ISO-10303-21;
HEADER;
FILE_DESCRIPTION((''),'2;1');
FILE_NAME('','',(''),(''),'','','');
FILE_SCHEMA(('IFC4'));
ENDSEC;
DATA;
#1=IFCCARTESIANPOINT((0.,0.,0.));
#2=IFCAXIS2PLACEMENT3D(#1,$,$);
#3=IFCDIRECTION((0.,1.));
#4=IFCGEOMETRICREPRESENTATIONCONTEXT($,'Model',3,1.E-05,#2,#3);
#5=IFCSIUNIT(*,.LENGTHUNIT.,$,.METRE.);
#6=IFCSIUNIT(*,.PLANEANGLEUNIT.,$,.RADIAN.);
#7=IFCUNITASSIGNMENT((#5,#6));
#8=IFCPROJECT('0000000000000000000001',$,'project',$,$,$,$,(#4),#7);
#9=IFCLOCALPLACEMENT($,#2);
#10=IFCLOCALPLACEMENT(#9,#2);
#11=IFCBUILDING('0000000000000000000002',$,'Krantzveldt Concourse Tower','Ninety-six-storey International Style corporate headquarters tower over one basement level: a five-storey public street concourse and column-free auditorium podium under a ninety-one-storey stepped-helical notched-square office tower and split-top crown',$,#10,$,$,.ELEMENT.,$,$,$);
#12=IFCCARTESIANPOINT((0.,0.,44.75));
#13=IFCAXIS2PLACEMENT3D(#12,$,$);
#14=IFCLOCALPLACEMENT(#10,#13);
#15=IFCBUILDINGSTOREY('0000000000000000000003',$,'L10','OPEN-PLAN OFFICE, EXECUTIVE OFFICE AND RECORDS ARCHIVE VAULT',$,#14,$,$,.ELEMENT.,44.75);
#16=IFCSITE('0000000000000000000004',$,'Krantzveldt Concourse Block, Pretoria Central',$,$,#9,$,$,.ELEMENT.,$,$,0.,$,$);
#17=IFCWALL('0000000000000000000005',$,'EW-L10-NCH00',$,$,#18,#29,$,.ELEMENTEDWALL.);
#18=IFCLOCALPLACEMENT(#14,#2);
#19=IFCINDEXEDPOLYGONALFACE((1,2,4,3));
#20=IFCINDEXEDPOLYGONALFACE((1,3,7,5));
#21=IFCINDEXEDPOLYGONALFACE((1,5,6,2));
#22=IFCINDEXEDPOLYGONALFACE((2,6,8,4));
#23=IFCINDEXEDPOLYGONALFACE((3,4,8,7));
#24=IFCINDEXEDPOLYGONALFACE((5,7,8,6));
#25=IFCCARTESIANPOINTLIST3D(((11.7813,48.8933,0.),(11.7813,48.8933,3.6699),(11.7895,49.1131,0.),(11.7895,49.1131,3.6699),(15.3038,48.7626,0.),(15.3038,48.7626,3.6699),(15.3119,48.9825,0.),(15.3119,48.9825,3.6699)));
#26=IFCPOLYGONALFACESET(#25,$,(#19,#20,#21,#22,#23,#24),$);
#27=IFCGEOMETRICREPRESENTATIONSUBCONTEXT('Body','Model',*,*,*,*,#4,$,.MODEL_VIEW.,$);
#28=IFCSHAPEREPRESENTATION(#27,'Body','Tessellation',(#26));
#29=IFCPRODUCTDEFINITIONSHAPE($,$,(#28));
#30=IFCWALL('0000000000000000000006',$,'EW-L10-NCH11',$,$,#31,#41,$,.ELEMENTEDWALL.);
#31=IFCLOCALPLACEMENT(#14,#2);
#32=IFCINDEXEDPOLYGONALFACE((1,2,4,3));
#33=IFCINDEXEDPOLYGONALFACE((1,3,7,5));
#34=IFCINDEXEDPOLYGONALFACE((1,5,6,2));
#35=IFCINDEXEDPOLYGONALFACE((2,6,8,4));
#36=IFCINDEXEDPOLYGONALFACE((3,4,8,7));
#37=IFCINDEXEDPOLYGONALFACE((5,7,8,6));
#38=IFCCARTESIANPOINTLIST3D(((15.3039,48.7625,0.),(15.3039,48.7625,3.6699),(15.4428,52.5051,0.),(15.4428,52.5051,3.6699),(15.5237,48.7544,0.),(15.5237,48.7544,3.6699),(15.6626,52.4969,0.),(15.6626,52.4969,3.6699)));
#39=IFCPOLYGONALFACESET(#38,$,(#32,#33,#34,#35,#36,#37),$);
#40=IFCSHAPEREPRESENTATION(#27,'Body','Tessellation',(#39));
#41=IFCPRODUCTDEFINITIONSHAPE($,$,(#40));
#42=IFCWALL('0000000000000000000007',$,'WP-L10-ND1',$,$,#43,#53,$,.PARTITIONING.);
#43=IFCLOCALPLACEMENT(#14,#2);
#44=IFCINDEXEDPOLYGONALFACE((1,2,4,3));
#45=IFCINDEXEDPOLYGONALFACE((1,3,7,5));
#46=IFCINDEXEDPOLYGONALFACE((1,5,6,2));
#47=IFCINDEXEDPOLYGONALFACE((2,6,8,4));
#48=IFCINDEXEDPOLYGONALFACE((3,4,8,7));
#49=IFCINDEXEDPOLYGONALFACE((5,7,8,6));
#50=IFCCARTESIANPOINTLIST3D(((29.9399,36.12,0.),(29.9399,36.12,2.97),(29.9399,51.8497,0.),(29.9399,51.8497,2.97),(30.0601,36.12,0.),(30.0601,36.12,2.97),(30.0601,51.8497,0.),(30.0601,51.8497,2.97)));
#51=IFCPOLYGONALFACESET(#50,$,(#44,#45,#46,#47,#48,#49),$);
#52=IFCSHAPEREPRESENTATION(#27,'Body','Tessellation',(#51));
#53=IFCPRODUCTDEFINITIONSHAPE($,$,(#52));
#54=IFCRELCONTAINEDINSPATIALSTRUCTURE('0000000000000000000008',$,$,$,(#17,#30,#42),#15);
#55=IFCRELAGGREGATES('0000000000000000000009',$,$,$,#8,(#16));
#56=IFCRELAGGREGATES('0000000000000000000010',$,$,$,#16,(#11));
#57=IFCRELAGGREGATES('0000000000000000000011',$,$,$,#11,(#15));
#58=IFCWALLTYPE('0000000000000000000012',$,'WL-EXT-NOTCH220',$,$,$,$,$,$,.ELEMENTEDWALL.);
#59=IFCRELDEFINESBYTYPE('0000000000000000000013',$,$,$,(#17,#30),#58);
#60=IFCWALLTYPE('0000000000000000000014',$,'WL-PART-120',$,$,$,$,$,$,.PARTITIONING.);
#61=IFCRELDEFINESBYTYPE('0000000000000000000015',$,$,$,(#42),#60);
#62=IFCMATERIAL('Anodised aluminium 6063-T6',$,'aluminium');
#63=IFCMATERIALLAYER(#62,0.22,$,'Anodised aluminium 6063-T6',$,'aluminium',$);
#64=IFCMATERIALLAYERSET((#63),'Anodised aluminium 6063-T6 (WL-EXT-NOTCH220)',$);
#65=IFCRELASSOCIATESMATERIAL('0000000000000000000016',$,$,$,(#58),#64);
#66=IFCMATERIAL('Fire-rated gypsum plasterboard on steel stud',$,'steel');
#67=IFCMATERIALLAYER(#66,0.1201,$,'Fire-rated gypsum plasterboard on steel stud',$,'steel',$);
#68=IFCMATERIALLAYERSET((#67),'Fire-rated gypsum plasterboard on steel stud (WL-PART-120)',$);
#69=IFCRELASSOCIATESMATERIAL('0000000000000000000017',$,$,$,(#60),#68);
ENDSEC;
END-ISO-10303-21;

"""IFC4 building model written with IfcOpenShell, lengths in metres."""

from ifc_helpers import new_model, si_unit, direction, frame, frame_2d, origin, place, context, subcontext, project, spatial, rectangle, extrude, material, layer, layer_set, type_object, element, save


model = new_model("IFC4")

# Units and contexts
model_context = context("Model", 3, precision=1e-05, world=origin(), true_north=direction((0.0, 1.0)))
body_context = subcontext(model_context, "Body", "Model", "MODEL_VIEW")
ifc_project = project(units=[si_unit("LENGTHUNIT", "METRE"), si_unit("PLANEANGLEUNIT", "RADIAN")], contexts=[model_context])

# Site, building, storey
site_placement = place(None, origin())
site = spatial("IfcSite", under=ifc_project, at=site_placement, Name="Krantzveldt Concourse Block, Pretoria Central", CompositionType="ELEMENT", RefElevation=0.0)
building_placement = place(site_placement, origin())
building = spatial("IfcBuilding", under=site, at=building_placement, Name="Krantzveldt Concourse Tower", Description="Ninety-six-storey International Style corporate headquarters tower over one basement level: a five-storey public street concourse and column-free auditorium podium under a ninety-one-storey stepped-helical notched-square office tower and split-top crown", CompositionType="ELEMENT")
storey_placement = place(building_placement, frame((0.0, 0.0, 44.75)))
storey = spatial("IfcBuildingStorey", under=building, at=storey_placement, Name="L10", Description="OPEN-PLAN OFFICE, EXECUTIVE OFFICE AND RECORDS ARCHIVE VAULT", CompositionType="ELEMENT", Elevation=44.75)

# Shared definitions
ifc_material_1 = material(Name="Anodised aluminium 6063-T6", Category="aluminium")

# Walls
ifc_layer_1 = layer(ifc_material_1, 0.22, Name="Anodised aluminium 6063-T6", Category="aluminium")
ifc_layer_set_1 = layer_set([ifc_layer_1], Name="Anodised aluminium 6063-T6 (WL-EXT-NOTCH220)")
wall_type_1 = type_object("IfcWallType", Name="WL-EXT-NOTCH220", PredefinedType="ELEMENTEDWALL", material=ifc_layer_set_1)
wall_1_placement = place(storey_placement, frame((15.3079, 48.8726, 0.0), z_axis=(0.0, 0.0, 1.0), x_axis=(-0.999313, 0.037055, 0.0)))
element("IfcWall", 1, at=wall_1_placement, inside=storey, type_object=wall_type_1, Name="EW-L10-NCH00", PredefinedType="ELEMENTEDWALL", context=body_context, shape_type="SweptSolid", body=[
    extrude(rectangle(XDim=3.5249, YDim=0.22, at=frame_2d((1.7625, 0.0))), origin(), (0.0, 0.0, 1.0), 3.6699),
])
wall_2_placement = place(storey_placement, frame((15.5527, 52.501, 0.0), z_axis=(0.0, 0.0, 1.0), x_axis=(-0.037094, -0.999312, 0.0)))
element("IfcWall", 2, at=wall_2_placement, inside=storey, type_object=wall_type_1, Name="EW-L10-NCH11", PredefinedType="ELEMENTEDWALL", context=body_context, shape_type="SweptSolid", body=[
    extrude(rectangle(XDim=3.7451, YDim=0.22, at=frame_2d((1.8726, 0.0))), origin(), (0.0, 0.0, 1.0), 3.6699),
])
ifc_material_2 = material(Name="Fire-rated gypsum plasterboard on steel stud", Category="steel")
ifc_layer_2 = layer(ifc_material_2, 0.1201, Name="Fire-rated gypsum plasterboard on steel stud", Category="steel")
ifc_layer_set_2 = layer_set([ifc_layer_2], Name="Fire-rated gypsum plasterboard on steel stud (WL-PART-120)")
wall_type_2 = type_object("IfcWallType", Name="WL-PART-120", PredefinedType="PARTITIONING", material=ifc_layer_set_2)
wall_3_placement = place(storey_placement, frame((30.0, 36.1201, 0.0), z_axis=(0.0, 0.0, 1.0), x_axis=(0.0, 1.0, 0.0)))
element("IfcWall", 3, at=wall_3_placement, inside=storey, type_object=wall_type_2, Name="WP-L10-ND1", PredefinedType="PARTITIONING", context=body_context, shape_type="SweptSolid", body=[
    extrude(rectangle(XDim=15.7297, YDim=0.1201, at=frame_2d((7.8647, 0.0))), origin(), (0.0, 0.0, 1.0), 2.97),
])

save(model, "model.ifc")
